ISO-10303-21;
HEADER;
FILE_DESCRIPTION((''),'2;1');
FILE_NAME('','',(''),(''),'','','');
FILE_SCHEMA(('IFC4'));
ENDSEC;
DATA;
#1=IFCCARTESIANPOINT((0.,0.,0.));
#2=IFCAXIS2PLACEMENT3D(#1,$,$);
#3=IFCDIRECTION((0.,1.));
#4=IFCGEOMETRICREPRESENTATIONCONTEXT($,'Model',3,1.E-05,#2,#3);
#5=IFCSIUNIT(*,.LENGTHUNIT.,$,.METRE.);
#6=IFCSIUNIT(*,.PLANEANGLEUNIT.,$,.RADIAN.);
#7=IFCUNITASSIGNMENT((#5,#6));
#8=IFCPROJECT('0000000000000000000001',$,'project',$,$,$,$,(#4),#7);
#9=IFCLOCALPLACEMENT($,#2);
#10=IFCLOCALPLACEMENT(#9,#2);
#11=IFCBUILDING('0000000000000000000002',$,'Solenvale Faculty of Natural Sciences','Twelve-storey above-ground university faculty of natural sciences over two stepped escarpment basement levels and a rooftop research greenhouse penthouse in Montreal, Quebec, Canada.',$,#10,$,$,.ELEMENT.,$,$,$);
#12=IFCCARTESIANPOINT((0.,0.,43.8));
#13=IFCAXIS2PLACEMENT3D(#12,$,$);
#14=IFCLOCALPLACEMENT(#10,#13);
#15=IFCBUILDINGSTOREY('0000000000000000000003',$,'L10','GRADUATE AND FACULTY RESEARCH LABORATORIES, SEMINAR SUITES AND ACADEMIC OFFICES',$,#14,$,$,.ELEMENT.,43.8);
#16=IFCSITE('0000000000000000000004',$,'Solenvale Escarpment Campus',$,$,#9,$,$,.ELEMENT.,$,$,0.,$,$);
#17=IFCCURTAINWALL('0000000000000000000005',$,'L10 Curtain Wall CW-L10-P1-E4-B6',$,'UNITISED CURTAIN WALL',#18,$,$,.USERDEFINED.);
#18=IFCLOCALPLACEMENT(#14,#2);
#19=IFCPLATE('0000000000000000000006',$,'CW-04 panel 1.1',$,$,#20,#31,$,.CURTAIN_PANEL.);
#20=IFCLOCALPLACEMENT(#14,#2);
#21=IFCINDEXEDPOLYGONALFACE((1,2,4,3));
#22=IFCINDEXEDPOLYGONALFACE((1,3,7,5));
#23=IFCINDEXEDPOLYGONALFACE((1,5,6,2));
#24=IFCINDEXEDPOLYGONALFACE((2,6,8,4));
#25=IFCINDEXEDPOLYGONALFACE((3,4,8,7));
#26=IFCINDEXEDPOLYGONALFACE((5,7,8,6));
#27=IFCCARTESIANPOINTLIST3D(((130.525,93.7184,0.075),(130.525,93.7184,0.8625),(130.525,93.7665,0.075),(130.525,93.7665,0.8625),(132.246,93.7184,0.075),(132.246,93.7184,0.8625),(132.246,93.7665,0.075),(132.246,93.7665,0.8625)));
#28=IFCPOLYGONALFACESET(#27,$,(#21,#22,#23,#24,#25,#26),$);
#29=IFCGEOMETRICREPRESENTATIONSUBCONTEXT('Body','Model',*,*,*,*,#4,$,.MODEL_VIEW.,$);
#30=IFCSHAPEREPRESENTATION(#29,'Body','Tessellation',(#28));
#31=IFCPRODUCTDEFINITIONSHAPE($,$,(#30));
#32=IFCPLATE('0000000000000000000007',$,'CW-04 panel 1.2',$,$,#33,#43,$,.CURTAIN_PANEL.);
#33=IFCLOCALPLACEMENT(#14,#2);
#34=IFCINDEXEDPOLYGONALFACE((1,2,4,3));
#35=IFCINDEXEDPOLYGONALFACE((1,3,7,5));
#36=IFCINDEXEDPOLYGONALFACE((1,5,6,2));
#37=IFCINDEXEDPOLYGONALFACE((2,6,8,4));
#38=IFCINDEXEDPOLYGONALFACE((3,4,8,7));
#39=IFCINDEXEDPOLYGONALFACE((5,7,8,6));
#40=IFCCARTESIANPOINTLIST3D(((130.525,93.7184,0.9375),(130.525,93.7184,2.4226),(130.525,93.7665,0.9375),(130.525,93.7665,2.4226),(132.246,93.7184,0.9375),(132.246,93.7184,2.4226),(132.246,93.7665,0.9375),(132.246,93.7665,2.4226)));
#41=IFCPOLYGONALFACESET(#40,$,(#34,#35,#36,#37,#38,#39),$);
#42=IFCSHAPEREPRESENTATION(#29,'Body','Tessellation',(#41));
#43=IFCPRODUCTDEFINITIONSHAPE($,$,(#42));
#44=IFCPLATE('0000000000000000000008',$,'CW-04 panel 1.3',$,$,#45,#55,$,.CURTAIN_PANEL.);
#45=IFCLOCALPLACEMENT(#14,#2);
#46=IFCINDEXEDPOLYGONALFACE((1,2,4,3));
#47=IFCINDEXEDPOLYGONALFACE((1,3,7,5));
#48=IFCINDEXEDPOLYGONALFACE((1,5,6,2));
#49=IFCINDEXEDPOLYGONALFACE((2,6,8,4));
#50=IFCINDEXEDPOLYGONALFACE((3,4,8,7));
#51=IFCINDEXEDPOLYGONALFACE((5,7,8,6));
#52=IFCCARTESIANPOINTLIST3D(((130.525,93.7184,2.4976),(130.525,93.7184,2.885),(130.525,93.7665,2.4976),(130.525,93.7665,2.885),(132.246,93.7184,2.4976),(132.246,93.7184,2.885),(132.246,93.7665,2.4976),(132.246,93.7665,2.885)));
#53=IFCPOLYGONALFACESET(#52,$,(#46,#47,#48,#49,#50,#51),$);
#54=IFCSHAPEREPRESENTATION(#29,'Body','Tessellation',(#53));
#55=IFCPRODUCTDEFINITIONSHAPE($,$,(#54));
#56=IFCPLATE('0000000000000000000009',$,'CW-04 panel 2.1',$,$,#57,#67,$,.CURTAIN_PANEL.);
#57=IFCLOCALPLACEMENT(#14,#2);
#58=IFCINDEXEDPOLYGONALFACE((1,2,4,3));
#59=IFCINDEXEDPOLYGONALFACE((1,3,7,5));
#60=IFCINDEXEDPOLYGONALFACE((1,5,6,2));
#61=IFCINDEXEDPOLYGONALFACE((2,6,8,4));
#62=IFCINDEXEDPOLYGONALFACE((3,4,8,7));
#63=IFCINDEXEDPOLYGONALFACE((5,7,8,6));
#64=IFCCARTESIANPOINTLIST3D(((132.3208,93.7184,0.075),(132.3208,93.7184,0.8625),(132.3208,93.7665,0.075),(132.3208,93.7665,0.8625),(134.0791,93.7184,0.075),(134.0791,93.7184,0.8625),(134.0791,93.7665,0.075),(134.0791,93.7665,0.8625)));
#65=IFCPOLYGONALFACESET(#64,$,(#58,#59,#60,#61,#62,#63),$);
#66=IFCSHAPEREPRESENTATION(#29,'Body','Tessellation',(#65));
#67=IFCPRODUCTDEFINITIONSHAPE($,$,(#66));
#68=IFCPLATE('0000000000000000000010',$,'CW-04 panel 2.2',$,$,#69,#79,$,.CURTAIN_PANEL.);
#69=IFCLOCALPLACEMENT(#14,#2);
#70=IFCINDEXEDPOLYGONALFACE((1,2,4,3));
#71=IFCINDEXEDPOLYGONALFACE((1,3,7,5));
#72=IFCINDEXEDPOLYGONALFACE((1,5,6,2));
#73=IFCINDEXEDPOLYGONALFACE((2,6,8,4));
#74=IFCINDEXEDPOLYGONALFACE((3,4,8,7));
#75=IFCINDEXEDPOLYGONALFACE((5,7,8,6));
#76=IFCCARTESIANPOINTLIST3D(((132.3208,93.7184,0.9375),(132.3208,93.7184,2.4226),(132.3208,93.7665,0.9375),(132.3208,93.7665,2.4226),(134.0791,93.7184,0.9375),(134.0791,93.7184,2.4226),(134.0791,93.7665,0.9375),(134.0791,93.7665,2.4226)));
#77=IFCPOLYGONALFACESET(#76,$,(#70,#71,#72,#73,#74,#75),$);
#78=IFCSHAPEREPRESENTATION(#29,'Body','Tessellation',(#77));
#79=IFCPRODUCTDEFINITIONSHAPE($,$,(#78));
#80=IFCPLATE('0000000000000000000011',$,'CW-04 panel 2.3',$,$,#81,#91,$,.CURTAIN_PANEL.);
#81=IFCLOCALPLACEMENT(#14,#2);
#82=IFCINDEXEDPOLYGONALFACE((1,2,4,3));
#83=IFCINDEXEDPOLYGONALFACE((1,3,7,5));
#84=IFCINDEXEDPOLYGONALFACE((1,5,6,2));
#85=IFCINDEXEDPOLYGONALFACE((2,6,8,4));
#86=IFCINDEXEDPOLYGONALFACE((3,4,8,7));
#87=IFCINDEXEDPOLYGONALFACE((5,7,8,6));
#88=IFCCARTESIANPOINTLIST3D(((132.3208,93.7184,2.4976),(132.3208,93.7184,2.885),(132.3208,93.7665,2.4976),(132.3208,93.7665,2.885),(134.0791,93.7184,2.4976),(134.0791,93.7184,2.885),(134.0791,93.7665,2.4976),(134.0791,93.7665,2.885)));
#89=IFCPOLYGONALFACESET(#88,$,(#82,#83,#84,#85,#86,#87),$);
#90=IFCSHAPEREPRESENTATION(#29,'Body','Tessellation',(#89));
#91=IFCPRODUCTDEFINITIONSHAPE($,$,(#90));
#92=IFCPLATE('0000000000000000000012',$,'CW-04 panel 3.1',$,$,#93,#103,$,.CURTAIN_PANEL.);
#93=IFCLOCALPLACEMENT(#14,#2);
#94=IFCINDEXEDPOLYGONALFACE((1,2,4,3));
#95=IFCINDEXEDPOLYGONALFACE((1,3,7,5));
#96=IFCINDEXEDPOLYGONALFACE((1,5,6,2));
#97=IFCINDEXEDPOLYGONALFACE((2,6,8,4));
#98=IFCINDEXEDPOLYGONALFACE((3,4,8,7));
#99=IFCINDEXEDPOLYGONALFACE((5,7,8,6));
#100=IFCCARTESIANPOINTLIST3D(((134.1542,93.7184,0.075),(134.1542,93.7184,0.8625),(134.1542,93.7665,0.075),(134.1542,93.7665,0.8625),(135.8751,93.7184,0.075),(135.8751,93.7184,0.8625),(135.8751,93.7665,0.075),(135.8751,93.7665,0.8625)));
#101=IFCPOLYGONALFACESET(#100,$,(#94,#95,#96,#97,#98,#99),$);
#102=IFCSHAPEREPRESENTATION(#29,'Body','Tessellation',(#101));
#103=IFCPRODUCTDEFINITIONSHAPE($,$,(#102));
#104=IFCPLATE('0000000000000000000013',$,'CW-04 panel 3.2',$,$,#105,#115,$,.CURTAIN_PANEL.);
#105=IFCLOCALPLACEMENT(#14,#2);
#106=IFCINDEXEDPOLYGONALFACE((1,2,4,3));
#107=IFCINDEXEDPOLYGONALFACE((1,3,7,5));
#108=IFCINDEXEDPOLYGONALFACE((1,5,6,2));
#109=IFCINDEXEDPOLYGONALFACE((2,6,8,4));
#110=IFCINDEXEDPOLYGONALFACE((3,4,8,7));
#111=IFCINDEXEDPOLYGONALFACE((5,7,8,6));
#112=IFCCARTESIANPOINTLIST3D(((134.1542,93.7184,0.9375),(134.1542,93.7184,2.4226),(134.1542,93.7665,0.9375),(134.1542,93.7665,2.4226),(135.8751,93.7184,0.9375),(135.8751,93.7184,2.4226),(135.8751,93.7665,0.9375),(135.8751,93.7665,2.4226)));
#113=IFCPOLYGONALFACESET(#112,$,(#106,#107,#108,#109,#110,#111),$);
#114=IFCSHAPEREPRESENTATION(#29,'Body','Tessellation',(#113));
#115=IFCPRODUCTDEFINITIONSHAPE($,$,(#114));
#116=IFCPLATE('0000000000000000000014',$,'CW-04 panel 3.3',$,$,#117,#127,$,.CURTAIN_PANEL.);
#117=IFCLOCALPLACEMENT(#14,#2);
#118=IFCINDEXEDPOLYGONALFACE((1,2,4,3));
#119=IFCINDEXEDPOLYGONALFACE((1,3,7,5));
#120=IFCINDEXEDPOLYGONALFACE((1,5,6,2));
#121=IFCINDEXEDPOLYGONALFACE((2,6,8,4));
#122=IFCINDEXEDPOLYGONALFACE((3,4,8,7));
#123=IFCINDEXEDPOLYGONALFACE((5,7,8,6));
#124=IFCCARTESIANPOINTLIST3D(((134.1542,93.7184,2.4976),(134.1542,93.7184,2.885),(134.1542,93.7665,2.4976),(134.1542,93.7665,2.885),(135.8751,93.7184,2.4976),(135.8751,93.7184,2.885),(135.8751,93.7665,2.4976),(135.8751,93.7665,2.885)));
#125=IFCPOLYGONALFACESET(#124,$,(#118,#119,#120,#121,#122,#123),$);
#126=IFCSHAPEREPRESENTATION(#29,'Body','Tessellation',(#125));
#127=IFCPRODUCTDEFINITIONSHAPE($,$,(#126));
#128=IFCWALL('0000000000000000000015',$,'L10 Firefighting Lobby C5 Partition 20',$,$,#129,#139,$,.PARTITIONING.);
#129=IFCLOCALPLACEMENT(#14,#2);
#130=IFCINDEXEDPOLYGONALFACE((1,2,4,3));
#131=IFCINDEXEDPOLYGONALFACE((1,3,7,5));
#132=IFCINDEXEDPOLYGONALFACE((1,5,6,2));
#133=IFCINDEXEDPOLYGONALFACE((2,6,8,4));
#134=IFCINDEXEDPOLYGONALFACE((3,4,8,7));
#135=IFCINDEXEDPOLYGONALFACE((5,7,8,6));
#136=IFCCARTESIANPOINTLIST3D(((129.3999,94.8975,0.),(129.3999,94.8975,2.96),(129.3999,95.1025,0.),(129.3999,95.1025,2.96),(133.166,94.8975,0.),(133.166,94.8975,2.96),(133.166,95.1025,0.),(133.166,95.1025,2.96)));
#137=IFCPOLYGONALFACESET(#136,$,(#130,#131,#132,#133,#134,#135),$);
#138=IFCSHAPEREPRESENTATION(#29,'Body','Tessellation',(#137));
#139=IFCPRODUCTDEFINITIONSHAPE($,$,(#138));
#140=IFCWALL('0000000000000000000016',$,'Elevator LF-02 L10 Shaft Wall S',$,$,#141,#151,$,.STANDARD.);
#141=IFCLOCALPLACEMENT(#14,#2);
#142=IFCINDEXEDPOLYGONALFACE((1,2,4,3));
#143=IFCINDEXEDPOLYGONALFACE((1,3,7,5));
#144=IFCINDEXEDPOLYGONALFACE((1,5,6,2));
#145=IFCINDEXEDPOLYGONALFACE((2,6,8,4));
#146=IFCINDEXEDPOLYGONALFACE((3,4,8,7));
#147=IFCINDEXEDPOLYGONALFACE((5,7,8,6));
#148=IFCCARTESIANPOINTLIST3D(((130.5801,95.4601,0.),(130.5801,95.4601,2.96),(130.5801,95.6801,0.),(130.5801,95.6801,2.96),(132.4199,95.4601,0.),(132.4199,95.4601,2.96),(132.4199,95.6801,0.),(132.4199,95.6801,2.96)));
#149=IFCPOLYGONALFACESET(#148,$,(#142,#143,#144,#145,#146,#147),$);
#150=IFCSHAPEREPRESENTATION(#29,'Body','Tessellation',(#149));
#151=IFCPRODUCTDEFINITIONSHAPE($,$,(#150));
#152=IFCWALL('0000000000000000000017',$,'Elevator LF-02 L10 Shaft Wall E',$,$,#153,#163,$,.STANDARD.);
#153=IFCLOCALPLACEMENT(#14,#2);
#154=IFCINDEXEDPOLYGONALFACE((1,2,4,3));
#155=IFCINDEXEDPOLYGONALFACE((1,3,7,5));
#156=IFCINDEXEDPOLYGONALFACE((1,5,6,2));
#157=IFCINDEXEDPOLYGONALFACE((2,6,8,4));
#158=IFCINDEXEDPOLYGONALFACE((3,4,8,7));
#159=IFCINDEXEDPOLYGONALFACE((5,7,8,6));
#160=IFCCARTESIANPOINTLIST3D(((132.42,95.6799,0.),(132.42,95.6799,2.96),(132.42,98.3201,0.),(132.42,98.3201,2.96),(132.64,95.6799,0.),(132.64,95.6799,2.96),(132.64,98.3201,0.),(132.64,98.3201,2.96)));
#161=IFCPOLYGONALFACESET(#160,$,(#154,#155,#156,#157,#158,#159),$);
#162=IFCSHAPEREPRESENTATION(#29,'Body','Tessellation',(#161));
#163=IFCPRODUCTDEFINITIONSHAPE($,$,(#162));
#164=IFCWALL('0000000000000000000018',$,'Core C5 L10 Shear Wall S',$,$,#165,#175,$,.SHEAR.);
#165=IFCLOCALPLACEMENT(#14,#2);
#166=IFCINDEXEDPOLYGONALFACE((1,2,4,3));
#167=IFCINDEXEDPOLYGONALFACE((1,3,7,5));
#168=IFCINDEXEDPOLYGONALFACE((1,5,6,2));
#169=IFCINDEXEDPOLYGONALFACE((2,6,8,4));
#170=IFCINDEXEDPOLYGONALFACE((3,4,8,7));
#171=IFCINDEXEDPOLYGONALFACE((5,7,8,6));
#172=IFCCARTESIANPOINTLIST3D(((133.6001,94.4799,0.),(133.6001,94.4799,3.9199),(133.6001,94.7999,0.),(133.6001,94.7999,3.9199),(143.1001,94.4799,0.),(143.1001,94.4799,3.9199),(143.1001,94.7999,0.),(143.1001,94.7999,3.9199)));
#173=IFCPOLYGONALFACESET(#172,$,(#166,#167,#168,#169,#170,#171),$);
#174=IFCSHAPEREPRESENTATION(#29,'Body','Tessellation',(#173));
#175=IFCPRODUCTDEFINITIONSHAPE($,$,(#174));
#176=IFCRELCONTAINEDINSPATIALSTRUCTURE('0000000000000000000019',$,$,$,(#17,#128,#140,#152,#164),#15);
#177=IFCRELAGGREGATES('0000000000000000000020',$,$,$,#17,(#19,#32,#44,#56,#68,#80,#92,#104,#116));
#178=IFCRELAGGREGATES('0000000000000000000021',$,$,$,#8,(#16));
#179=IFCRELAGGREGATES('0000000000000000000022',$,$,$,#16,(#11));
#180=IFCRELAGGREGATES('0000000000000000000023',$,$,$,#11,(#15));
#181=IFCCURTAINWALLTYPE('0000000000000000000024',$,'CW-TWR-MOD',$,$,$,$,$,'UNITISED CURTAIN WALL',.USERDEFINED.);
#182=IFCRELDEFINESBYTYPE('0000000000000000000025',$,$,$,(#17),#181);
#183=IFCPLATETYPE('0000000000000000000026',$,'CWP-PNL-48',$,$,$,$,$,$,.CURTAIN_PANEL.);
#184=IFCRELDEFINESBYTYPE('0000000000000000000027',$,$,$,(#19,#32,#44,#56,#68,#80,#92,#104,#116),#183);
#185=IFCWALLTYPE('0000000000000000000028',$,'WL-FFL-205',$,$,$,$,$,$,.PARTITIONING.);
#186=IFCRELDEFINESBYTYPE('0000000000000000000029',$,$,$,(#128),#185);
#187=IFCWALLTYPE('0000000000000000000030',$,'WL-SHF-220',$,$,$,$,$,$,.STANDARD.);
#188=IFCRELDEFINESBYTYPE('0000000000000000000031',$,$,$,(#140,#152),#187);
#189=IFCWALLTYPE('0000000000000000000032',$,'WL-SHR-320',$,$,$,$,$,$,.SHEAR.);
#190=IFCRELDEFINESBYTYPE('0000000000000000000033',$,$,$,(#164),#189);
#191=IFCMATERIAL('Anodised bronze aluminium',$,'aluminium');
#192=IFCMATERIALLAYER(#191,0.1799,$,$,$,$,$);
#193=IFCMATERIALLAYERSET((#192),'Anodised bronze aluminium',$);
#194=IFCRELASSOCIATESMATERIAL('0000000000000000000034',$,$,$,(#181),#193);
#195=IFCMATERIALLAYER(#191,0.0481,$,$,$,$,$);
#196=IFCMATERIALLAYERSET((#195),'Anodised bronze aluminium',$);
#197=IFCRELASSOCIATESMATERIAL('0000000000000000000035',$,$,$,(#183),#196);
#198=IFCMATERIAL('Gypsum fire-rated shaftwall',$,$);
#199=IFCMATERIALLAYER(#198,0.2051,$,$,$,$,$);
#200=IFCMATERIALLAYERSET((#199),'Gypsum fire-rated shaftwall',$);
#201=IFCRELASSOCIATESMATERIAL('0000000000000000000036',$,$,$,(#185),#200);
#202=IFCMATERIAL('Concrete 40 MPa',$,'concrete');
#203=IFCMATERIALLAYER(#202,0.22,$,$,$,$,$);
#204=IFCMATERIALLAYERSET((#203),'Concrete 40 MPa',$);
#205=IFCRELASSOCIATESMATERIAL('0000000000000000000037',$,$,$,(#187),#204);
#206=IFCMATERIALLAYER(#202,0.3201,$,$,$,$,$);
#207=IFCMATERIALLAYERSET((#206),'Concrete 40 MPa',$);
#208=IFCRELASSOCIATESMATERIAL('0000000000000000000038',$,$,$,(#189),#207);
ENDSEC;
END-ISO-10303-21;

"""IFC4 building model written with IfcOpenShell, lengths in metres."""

from ifc_helpers import new_model, si_unit, direction, frame, frame_2d, origin, origin_2d, place, context, subcontext, project, spatial, rectangle, extrude, material, layer, layer_set, type_object, element, aggregate, save


model = new_model("IFC4")

# Units and contexts
model_context = context("Model", 3, precision=1e-05, world=origin(), true_north=direction((0.0, 1.0)))
body_context = subcontext(model_context, "Body", "Model", "MODEL_VIEW")
ifc_project = project(units=[si_unit("LENGTHUNIT", "METRE"), si_unit("PLANEANGLEUNIT", "RADIAN")], contexts=[model_context])

# Site, building, storey
site_placement = place(None, origin())
site = spatial("IfcSite", under=ifc_project, at=site_placement, Name="Solenvale Escarpment Campus", CompositionType="ELEMENT", RefElevation=0.0)
building_placement = place(site_placement, origin())
building = spatial("IfcBuilding", under=site, at=building_placement, Name="Solenvale Faculty of Natural Sciences", Description="Twelve-storey above-ground university faculty of natural sciences over two stepped escarpment basement levels and a rooftop research greenhouse penthouse in Montreal, Quebec, Canada.", CompositionType="ELEMENT")
storey_placement = place(building_placement, frame((0.0, 0.0, 43.8)))
storey = spatial("IfcBuildingStorey", under=building, at=storey_placement, Name="L10", Description="GRADUATE AND FACULTY RESEARCH LABORATORIES, SEMINAR SUITES AND ACADEMIC OFFICES", CompositionType="ELEMENT", Elevation=43.8)

# Curtain wall, plates
ifc_material_1 = material(Name="Anodised bronze aluminium", Category="aluminium")
ifc_layer_1 = layer(ifc_material_1, 0.1799)
ifc_layer_set_1 = layer_set([ifc_layer_1], Name="Anodised bronze aluminium")
curtain_wall_type = type_object("IfcCurtainWallType", Name="CW-TWR-MOD", ElementType="UNITISED CURTAIN WALL", PredefinedType="USERDEFINED", material=ifc_layer_set_1)
curtain_wall_placement = place(storey_placement, origin())
curtain_wall = element("IfcCurtainWall", 1, at=curtain_wall_placement, inside=storey, type_object=curtain_wall_type, Name="L10 Curtain Wall CW-L10-P1-E4-B6", ObjectType="UNITISED CURTAIN WALL", PredefinedType="USERDEFINED")
ifc_layer_2 = layer(ifc_material_1, 0.0481)
ifc_layer_set_2 = layer_set([ifc_layer_2], Name="Anodised bronze aluminium")
plate_type = type_object("IfcPlateType", Name="CWP-PNL-48", PredefinedType="CURTAIN_PANEL", material=ifc_layer_set_2)
plate_1_placement = place(storey_placement, frame((131.3855, 93.7424, 0.075), z_axis=(0.0, 0.0, 1.0), x_axis=(1.0, 0.0, 0.0)))
plate_1 = element("IfcPlate", 2, at=plate_1_placement, type_object=plate_type, Name="CW-04 panel 1.1", PredefinedType="CURTAIN_PANEL", context=body_context, shape_type="SweptSolid", body=[
    extrude(rectangle(XDim=1.7209, YDim=0.0481, at=origin_2d()), origin(), (0.0, 0.0, 1.0), 0.7876),
])
plate_2_placement = place(storey_placement, frame((131.3855, 93.7424, 0.9375), z_axis=(0.0, 0.0, 1.0), x_axis=(1.0, 0.0, 0.0)))
plate_2 = element("IfcPlate", 3, at=plate_2_placement, type_object=plate_type, Name="CW-04 panel 1.2", PredefinedType="CURTAIN_PANEL", context=body_context, shape_type="SweptSolid", body=[
    extrude(rectangle(XDim=1.7209, YDim=0.0481, at=origin_2d()), origin(), (0.0, 0.0, 1.0), 1.4851),
])
plate_3_placement = place(storey_placement, frame((131.3855, 93.7424, 2.4976), z_axis=(0.0, 0.0, 1.0), x_axis=(1.0, 0.0, 0.0)))
plate_3 = element("IfcPlate", 4, at=plate_3_placement, type_object=plate_type, Name="CW-04 panel 1.3", PredefinedType="CURTAIN_PANEL", context=body_context, shape_type="SweptSolid", body=[
    extrude(rectangle(XDim=1.7209, YDim=0.0481, at=origin_2d()), origin(), (0.0, 0.0, 1.0), 0.3875),
])
plate_4_placement = place(storey_placement, frame((133.2, 93.7424, 0.075), z_axis=(0.0, 0.0, 1.0), x_axis=(1.0, 0.0, 0.0)))
plate_4 = element("IfcPlate", 5, at=plate_4_placement, type_object=plate_type, Name="CW-04 panel 2.1", PredefinedType="CURTAIN_PANEL", context=body_context, shape_type="SweptSolid", body=[
    extrude(rectangle(XDim=1.7583, YDim=0.0481, at=origin_2d()), origin(), (0.0, 0.0, 1.0), 0.7876),
])
plate_5_placement = place(storey_placement, frame((133.2, 93.7424, 0.9375), z_axis=(0.0, 0.0, 1.0), x_axis=(1.0, 0.0, 0.0)))
plate_5 = element("IfcPlate", 6, at=plate_5_placement, type_object=plate_type, Name="CW-04 panel 2.2", PredefinedType="CURTAIN_PANEL", context=body_context, shape_type="SweptSolid", body=[
    extrude(rectangle(XDim=1.7583, YDim=0.0481, at=origin_2d()), origin(), (0.0, 0.0, 1.0), 1.4851),
])
plate_6_placement = place(storey_placement, frame((133.2, 93.7424, 2.4976), z_axis=(0.0, 0.0, 1.0), x_axis=(1.0, 0.0, 0.0)))
plate_6 = element("IfcPlate", 7, at=plate_6_placement, type_object=plate_type, Name="CW-04 panel 2.3", PredefinedType="CURTAIN_PANEL", context=body_context, shape_type="SweptSolid", body=[
    extrude(rectangle(XDim=1.7583, YDim=0.0481, at=origin_2d()), origin(), (0.0, 0.0, 1.0), 0.3875),
])
plate_7_placement = place(storey_placement, frame((135.0146, 93.7424, 0.075), z_axis=(0.0, 0.0, 1.0), x_axis=(1.0, 0.0, 0.0)))
plate_7 = element("IfcPlate", 8, at=plate_7_placement, type_object=plate_type, Name="CW-04 panel 3.1", PredefinedType="CURTAIN_PANEL", context=body_context, shape_type="SweptSolid", body=[
    extrude(rectangle(XDim=1.7209, YDim=0.0481, at=origin_2d()), origin(), (0.0, 0.0, 1.0), 0.7876),
])
plate_8_placement = place(storey_placement, frame((135.0146, 93.7424, 0.9375), z_axis=(0.0, 0.0, 1.0), x_axis=(1.0, 0.0, 0.0)))
plate_8 = element("IfcPlate", 9, at=plate_8_placement, type_object=plate_type, Name="CW-04 panel 3.2", PredefinedType="CURTAIN_PANEL", context=body_context, shape_type="SweptSolid", body=[
    extrude(rectangle(XDim=1.7209, YDim=0.0481, at=origin_2d()), origin(), (0.0, 0.0, 1.0), 1.4851),
])
plate_9_placement = place(storey_placement, frame((135.0146, 93.7424, 2.4976), z_axis=(0.0, 0.0, 1.0), x_axis=(1.0, 0.0, 0.0)))
plate_9 = element("IfcPlate", 10, at=plate_9_placement, type_object=plate_type, Name="CW-04 panel 3.3", PredefinedType="CURTAIN_PANEL", context=body_context, shape_type="SweptSolid", body=[
    extrude(rectangle(XDim=1.7209, YDim=0.0481, at=origin_2d()), origin(), (0.0, 0.0, 1.0), 0.3875),
])
aggregate(curtain_wall, [plate_1, plate_2, plate_3, plate_4, plate_5, plate_6, plate_7, plate_8, plate_9])

# Walls
ifc_material_2 = material(Name="Gypsum fire-rated shaftwall")
ifc_layer_3 = layer(ifc_material_2, 0.2051)
ifc_layer_set_3 = layer_set([ifc_layer_3], Name="Gypsum fire-rated shaftwall")
wall_type_1 = type_object("IfcWallType", Name="WL-FFL-205", PredefinedType="PARTITIONING", material=ifc_layer_set_3)
wall_1_placement = place(storey_placement, frame((133.166, 95.0, 0.0), z_axis=(0.0, 0.0, 1.0), x_axis=(-1.0, 0.0, 0.0)))
element("IfcWall", 11, at=wall_1_placement, inside=storey, type_object=wall_type_1, Name="L10 Firefighting Lobby C5 Partition 20", PredefinedType="PARTITIONING", context=body_context, shape_type="SweptSolid", body=[
    extrude(rectangle(XDim=3.7661, YDim=0.2051, at=frame_2d((1.8831, 0.0))), origin(), (0.0, 0.0, 1.0), 2.96),
])
ifc_material_3 = material(Name="Concrete 40 MPa", Category="concrete")
ifc_layer_4 = layer(ifc_material_3, 0.22)
ifc_layer_set_4 = layer_set([ifc_layer_4], Name="Concrete 40 MPa")
wall_type_2 = type_object("IfcWallType", Name="WL-SHF-220", PredefinedType="STANDARD", material=ifc_layer_set_4)
wall_2_placement = place(storey_placement, frame((130.5801, 95.5701, 0.0), z_axis=(0.0, 0.0, 1.0), x_axis=(1.0, 0.0, 0.0)))
element("IfcWall", 12, at=wall_2_placement, inside=storey, type_object=wall_type_2, Name="Elevator LF-02 L10 Shaft Wall S", PredefinedType="STANDARD", context=body_context, shape_type="SweptSolid", body=[
    extrude(rectangle(XDim=1.8398, YDim=0.22, at=frame_2d((0.9199, 0.0))), origin(), (0.0, 0.0, 1.0), 2.96),
])
wall_3_placement = place(storey_placement, frame((132.53, 95.6799, 0.0), z_axis=(0.0, 0.0, 1.0), x_axis=(0.0, 1.0, 0.0)))
element("IfcWall", 13, at=wall_3_placement, inside=storey, type_object=wall_type_2, Name="Elevator LF-02 L10 Shaft Wall E", PredefinedType="STANDARD", context=body_context, shape_type="SweptSolid", body=[
    extrude(rectangle(XDim=2.6401, YDim=0.22, at=frame_2d((1.3201, 0.0))), origin(), (0.0, 0.0, 1.0), 2.96),
])
ifc_layer_5 = layer(ifc_material_3, 0.3201)
ifc_layer_set_5 = layer_set([ifc_layer_5], Name="Concrete 40 MPa")
wall_type_3 = type_object("IfcWallType", Name="WL-SHR-320", PredefinedType="SHEAR", material=ifc_layer_set_5)
wall_4_placement = place(storey_placement, frame((133.6001, 94.6399, 0.0), z_axis=(0.0, 0.0, 1.0), x_axis=(1.0, 0.0, 0.0)))
element("IfcWall", 14, at=wall_4_placement, inside=storey, type_object=wall_type_3, Name="Core C5 L10 Shear Wall S", PredefinedType="SHEAR", context=body_context, shape_type="SweptSolid", body=[
    extrude(rectangle(XDim=9.5, YDim=0.3201, at=frame_2d((4.75, 0.0))), origin(), (0.0, 0.0, 1.0), 3.9199),
])

save(model, "model.ifc")
